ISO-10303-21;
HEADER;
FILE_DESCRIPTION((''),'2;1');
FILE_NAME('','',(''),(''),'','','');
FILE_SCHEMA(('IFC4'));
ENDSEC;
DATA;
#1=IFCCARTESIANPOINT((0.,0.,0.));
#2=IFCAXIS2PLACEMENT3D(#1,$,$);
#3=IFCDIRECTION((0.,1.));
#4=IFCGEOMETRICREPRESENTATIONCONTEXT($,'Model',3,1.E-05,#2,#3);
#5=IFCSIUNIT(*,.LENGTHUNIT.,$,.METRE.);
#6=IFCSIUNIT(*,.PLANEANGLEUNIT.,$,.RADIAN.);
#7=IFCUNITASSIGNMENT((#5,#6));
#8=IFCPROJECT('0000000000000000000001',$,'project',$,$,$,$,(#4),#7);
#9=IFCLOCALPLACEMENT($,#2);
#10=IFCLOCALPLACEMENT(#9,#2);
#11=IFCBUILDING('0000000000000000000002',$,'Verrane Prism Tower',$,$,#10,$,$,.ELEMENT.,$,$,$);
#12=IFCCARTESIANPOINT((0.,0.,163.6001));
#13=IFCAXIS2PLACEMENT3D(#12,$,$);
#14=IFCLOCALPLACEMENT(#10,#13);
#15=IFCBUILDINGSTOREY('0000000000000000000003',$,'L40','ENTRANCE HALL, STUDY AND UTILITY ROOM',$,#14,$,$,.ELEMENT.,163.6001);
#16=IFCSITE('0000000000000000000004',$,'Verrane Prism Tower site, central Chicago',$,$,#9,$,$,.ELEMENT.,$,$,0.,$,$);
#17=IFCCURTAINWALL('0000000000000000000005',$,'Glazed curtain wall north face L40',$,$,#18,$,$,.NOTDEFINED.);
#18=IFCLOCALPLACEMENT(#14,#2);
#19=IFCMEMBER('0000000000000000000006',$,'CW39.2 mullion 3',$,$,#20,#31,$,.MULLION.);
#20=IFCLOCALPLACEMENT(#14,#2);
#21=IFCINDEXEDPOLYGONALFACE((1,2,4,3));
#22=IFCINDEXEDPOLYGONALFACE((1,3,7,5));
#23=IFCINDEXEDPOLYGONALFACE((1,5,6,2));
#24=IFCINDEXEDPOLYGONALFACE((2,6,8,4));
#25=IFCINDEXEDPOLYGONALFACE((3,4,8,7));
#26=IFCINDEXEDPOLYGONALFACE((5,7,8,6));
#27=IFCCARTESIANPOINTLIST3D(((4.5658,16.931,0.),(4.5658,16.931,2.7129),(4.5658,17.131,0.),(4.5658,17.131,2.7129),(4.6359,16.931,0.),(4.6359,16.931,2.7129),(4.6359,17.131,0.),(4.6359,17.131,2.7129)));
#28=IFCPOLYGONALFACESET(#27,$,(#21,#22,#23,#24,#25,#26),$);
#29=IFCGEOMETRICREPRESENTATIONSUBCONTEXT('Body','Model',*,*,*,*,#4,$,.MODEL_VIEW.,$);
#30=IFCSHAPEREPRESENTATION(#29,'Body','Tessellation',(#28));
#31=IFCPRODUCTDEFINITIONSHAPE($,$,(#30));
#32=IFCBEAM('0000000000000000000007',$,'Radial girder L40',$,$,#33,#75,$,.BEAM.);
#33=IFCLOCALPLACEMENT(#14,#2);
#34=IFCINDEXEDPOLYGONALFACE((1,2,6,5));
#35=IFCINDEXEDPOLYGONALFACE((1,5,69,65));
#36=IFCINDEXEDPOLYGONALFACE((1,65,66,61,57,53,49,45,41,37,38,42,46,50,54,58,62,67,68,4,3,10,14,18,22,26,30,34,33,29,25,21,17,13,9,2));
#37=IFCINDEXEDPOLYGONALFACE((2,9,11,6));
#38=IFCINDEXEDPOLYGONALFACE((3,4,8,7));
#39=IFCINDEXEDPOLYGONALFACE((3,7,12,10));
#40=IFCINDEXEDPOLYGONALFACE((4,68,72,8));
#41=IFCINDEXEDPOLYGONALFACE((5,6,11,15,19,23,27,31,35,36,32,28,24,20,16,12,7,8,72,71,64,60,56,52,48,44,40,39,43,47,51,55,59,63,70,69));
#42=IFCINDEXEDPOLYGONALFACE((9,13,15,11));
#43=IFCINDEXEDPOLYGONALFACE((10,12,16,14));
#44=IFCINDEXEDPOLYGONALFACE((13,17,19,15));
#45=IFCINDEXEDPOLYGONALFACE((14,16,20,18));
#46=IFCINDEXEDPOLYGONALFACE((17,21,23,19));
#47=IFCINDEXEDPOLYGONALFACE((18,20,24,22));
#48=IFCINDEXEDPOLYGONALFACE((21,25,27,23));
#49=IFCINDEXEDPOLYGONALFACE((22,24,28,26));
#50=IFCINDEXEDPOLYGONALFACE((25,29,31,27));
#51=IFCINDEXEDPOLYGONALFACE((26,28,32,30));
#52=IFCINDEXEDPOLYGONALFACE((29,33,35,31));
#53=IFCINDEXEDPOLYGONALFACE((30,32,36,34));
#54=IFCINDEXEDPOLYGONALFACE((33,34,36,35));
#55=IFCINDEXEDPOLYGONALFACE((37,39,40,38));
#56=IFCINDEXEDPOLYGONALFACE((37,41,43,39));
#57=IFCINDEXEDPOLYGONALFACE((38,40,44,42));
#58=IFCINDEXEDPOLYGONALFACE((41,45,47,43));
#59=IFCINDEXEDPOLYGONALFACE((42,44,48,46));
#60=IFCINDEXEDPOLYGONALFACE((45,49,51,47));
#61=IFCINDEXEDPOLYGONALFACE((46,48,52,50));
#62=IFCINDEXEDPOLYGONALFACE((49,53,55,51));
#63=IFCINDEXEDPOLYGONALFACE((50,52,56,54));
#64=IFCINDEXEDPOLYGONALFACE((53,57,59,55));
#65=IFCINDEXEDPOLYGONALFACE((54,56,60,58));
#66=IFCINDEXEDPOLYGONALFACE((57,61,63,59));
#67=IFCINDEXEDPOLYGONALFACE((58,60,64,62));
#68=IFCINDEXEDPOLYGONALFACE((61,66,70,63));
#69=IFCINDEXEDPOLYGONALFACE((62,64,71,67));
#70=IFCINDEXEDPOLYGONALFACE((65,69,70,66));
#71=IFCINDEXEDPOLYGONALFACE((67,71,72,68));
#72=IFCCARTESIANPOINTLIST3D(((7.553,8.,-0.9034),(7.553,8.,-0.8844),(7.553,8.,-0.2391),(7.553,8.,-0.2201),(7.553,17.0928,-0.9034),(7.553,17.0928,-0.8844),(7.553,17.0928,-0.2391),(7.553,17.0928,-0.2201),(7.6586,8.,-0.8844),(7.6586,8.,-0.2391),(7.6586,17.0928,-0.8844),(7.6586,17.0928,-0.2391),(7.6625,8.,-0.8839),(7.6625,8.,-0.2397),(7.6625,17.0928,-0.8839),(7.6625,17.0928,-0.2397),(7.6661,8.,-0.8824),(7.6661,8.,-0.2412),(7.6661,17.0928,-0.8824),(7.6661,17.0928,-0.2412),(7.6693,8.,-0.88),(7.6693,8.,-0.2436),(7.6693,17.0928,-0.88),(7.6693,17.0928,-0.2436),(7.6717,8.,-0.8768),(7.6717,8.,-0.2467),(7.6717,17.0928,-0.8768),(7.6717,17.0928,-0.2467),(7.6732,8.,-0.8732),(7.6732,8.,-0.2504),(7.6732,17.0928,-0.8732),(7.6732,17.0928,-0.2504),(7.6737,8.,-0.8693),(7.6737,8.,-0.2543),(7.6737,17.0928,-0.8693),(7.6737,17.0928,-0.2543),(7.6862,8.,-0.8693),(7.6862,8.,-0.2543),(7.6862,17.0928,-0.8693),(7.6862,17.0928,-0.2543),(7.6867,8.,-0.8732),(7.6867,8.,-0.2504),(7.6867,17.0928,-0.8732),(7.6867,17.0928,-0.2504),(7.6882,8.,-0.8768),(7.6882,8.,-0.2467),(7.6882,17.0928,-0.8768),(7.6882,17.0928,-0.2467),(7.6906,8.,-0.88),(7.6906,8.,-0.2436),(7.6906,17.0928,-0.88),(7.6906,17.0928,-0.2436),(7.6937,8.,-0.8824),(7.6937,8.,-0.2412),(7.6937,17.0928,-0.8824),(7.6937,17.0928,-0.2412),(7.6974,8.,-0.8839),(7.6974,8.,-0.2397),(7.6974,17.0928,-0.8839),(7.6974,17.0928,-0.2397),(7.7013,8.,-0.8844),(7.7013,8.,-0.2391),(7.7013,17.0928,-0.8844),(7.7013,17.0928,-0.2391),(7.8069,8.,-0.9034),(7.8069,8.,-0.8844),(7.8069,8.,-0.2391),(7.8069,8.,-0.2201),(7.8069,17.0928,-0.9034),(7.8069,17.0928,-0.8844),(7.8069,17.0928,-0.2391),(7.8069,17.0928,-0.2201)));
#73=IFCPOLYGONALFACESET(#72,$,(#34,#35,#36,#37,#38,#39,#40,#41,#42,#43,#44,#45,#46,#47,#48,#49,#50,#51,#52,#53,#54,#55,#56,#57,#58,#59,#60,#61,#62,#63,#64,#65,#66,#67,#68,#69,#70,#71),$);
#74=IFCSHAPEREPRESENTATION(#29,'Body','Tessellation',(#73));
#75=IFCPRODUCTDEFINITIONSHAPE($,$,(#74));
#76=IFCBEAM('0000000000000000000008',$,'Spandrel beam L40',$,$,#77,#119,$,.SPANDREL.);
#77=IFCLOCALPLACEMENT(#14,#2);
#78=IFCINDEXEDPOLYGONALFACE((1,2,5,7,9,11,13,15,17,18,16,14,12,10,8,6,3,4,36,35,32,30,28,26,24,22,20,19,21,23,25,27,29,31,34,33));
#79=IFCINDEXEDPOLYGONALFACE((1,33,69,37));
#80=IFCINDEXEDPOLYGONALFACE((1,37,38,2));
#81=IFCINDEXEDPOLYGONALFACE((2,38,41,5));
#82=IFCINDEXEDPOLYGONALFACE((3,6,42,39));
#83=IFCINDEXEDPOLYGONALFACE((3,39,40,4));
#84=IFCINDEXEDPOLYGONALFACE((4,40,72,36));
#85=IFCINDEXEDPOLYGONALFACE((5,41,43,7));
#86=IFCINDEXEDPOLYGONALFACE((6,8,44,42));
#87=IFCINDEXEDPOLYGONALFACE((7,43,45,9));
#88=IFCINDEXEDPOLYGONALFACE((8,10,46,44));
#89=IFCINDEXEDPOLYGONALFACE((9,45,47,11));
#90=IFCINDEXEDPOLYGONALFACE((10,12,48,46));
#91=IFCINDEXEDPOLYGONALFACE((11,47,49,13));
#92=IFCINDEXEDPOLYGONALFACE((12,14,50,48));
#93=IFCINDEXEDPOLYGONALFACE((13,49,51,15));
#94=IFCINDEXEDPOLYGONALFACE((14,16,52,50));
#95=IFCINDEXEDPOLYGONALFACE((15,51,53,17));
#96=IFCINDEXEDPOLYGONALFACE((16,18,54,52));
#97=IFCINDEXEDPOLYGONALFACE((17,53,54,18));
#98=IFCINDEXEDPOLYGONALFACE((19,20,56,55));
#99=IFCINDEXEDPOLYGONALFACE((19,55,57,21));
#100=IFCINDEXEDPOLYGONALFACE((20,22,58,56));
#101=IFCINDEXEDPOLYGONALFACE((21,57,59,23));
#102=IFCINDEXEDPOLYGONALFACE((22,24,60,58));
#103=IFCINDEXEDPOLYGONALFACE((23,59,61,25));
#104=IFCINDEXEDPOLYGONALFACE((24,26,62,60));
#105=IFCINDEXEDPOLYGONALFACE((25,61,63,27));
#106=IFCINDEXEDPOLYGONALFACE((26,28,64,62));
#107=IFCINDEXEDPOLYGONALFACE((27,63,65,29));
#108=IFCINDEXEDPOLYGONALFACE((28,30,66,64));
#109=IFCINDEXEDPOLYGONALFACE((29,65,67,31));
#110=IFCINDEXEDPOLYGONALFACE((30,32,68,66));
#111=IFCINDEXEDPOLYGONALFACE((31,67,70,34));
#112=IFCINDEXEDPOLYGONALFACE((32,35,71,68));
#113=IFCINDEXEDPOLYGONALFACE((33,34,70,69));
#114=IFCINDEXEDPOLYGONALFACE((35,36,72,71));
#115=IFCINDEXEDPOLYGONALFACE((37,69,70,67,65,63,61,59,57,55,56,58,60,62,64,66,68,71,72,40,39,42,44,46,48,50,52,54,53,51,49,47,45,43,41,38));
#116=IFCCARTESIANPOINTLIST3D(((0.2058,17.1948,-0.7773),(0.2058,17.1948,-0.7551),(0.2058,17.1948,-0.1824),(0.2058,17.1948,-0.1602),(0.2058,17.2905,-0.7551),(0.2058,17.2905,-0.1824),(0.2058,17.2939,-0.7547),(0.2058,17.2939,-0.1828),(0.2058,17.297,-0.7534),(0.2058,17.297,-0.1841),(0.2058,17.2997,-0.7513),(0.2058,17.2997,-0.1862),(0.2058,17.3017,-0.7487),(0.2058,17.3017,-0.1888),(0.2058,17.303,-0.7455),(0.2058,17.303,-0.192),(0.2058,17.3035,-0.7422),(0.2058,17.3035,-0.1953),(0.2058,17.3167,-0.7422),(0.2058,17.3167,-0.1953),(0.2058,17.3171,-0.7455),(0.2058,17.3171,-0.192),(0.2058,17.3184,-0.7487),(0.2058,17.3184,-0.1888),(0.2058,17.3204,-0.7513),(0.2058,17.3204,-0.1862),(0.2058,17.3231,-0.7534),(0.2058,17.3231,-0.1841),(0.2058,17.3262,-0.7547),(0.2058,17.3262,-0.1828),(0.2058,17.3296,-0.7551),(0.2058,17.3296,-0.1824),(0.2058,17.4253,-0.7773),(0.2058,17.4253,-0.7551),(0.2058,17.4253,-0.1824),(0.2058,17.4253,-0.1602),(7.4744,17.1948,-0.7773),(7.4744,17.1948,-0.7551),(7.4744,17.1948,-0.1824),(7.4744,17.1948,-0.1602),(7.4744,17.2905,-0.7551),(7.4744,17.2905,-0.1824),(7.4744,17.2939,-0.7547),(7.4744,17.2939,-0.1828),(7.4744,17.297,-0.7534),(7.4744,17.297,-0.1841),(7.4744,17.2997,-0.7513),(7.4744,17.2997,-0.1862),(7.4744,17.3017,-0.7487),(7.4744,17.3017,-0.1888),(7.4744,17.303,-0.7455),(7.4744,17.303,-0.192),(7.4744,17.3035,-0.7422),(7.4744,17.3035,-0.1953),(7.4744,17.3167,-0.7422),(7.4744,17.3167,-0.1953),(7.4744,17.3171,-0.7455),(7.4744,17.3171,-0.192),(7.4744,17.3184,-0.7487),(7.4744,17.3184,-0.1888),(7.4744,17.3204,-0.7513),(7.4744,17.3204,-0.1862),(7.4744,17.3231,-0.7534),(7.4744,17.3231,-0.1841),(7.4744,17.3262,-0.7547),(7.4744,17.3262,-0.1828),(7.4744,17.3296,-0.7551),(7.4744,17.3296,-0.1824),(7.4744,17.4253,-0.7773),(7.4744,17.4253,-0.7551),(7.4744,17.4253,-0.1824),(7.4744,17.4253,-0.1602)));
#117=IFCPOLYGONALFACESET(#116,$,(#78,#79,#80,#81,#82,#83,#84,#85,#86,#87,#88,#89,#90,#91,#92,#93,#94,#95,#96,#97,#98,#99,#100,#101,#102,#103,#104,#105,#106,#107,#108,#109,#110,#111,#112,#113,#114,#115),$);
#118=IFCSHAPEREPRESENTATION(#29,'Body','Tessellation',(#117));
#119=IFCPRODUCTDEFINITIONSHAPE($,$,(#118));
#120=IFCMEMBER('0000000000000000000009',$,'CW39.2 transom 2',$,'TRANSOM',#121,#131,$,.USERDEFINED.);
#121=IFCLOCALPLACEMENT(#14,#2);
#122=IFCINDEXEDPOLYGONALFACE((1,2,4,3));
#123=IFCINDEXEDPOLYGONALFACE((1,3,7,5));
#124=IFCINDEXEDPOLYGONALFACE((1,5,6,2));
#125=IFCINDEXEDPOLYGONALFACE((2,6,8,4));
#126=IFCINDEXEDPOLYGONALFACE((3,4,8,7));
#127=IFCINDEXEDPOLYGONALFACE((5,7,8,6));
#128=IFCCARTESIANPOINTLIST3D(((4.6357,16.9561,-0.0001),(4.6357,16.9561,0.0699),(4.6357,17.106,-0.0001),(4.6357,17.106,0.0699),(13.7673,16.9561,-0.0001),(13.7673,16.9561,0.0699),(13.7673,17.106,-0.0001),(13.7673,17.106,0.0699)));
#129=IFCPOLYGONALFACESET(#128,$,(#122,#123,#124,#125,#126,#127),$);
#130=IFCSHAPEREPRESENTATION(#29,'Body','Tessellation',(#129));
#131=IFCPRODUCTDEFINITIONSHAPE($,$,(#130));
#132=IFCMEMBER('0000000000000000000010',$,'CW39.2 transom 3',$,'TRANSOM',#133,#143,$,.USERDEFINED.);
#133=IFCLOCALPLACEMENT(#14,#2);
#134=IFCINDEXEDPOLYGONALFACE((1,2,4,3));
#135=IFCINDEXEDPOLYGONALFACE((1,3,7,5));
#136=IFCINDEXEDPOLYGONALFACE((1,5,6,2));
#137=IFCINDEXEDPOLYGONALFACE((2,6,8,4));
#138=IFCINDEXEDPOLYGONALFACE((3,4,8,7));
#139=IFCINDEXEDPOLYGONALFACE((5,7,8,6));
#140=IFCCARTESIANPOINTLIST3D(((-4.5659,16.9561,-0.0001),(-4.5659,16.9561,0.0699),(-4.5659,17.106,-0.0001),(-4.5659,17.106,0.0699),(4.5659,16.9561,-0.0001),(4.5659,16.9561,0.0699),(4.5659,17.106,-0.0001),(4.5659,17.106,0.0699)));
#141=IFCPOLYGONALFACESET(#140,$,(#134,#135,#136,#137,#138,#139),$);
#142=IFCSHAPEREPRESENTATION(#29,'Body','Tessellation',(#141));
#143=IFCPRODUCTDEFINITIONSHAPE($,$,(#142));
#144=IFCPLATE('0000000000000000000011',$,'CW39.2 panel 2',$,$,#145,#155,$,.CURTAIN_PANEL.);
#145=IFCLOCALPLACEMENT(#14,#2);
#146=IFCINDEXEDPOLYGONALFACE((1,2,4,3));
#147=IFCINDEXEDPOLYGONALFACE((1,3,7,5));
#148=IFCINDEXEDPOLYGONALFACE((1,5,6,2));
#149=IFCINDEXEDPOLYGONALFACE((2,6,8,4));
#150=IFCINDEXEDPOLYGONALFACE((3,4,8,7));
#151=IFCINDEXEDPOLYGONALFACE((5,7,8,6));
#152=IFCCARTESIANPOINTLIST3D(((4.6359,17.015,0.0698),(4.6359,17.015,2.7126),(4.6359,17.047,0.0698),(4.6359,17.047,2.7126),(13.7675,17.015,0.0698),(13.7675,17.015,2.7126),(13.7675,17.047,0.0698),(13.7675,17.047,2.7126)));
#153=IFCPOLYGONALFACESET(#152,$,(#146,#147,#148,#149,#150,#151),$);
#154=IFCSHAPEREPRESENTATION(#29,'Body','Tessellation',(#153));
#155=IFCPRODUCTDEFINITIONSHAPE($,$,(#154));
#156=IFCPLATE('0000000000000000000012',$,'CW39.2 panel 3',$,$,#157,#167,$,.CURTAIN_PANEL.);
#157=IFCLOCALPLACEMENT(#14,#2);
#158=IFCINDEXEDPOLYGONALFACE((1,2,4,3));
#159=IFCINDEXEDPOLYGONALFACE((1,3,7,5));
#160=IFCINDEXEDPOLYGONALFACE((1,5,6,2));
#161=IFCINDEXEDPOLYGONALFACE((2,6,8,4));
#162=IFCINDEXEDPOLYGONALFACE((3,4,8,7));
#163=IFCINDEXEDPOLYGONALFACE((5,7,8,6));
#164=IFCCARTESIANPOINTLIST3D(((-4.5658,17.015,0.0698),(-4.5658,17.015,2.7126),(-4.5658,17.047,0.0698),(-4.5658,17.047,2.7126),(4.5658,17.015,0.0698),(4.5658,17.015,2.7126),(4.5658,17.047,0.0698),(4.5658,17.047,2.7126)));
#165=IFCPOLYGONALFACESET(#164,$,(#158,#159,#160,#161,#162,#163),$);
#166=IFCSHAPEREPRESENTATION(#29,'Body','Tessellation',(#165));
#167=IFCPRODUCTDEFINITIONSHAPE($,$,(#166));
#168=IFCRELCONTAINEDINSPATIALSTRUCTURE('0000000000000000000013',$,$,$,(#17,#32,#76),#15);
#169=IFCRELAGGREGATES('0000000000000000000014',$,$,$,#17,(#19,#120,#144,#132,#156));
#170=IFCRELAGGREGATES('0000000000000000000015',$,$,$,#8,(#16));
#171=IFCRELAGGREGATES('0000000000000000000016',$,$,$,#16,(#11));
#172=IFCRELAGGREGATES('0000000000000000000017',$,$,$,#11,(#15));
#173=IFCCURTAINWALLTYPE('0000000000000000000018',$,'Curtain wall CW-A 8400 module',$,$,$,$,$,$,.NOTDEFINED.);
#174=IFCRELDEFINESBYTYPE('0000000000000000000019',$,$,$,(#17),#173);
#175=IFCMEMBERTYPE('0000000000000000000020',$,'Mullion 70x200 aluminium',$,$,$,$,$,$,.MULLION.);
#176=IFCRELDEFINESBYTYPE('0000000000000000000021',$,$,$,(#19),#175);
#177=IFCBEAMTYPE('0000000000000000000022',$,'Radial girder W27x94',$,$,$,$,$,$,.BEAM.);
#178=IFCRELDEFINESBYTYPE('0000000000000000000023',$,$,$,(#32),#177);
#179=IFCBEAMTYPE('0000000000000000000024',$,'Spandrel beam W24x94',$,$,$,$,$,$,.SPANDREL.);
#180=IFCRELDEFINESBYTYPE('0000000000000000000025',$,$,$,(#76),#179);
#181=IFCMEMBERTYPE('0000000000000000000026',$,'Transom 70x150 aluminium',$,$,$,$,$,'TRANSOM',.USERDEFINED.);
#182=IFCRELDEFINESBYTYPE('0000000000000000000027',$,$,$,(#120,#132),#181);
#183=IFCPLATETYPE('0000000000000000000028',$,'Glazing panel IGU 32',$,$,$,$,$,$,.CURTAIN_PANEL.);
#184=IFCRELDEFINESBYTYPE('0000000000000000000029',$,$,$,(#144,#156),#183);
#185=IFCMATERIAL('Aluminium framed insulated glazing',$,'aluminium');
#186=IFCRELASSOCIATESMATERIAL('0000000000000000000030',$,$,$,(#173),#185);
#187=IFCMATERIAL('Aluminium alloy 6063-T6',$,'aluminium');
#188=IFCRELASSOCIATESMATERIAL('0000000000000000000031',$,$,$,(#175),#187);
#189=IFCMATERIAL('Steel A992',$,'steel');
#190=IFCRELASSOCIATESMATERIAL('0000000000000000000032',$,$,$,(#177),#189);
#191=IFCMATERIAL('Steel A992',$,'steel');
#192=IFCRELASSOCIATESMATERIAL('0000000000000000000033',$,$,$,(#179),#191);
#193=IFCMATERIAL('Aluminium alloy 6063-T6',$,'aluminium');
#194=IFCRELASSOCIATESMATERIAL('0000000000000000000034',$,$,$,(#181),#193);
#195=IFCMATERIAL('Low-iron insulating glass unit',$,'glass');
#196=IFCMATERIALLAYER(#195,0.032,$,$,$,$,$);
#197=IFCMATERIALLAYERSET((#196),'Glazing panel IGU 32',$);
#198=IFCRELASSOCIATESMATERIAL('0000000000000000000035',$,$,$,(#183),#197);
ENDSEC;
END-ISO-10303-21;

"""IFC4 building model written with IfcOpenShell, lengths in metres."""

from ifc_helpers import new_model, si_unit, direction, frame, origin, origin_2d, place, context, subcontext, project, spatial, rectangle, i_section, extrude, material, layer, layer_set, material_profile, profile_set, type_object, element, aggregate, save


model = new_model("IFC4")

# Units and contexts
model_context = context("Model", 3, precision=1e-05, world=origin(), true_north=direction((0.0, 1.0)))
body_context = subcontext(model_context, "Body", "Model", "MODEL_VIEW")
ifc_project = project(units=[si_unit("LENGTHUNIT", "METRE"), si_unit("PLANEANGLEUNIT", "RADIAN")], contexts=[model_context])

# Site, building, storey
site_placement = place(None, origin())
site = spatial("IfcSite", under=ifc_project, at=site_placement, Name="Verrane Prism Tower site, central Chicago", CompositionType="ELEMENT", RefElevation=0.0)
building_placement = place(site_placement, origin())
building = spatial("IfcBuilding", under=site, at=building_placement, Name="Verrane Prism Tower", CompositionType="ELEMENT")
storey_placement = place(building_placement, frame((0.0, 0.0, 163.6001)))
storey = spatial("IfcBuildingStorey", under=building, at=storey_placement, Name="L40", Description="ENTRANCE HALL, STUDY AND UTILITY ROOM", CompositionType="ELEMENT", Elevation=163.6001)

# Curtain wall, member
ifc_material_1 = material(Name="Aluminium framed insulated glazing", Category="aluminium")
curtain_wall_type = type_object("IfcCurtainWallType", Name="Curtain wall CW-A 8400 module", PredefinedType="NOTDEFINED", material=ifc_material_1)
curtain_wall_placement = place(storey_placement, origin())
curtain_wall = element("IfcCurtainWall", 1, at=curtain_wall_placement, inside=storey, type_object=curtain_wall_type, Name="Glazed curtain wall north face L40", PredefinedType="NOTDEFINED")
ifc_material_2 = material(Name="Aluminium alloy 6063-T6", Category="aluminium")
ifc_material_profile_1 = material_profile(ifc_material_2, rectangle(XDim=0.2, YDim=0.0701, at=origin_2d()), Name="Mullion 70x200 aluminium")
ifc_profile_set_1 = profile_set([ifc_material_profile_1], Name="Aluminium alloy 6063-T6")
member_type_1 = type_object("IfcMemberType", Name="Mullion 70x200 aluminium", PredefinedType="MULLION", material=ifc_profile_set_1)
member_1_placement = place(storey_placement, frame((4.6008, 17.031, 0.0), z_axis=(0.0, 0.0, 1.0), x_axis=(0.0, -1.0, 0.0)))
member_1 = element("IfcMember", 2, at=member_1_placement, type_object=member_type_1, Name="CW39.2 mullion 3", PredefinedType="MULLION", context=body_context, shape_type="SweptSolid", body=[
    extrude(rectangle(XDim=0.2, YDim=0.0701, at=origin_2d()), origin(), (0.0, 0.0, 1.0), 2.7129),
])

# Beams
ifc_material_3 = material(Name="Steel A992", Category="steel")
ifc_material_profile_2 = material_profile(ifc_material_3, i_section(OverallWidth=0.2539, OverallDepth=0.6833, WebThickness=0.0125, FlangeThickness=0.019, FilletRadius=0.0151, at=origin_2d()), Name="W27x94")
ifc_profile_set_2 = profile_set([ifc_material_profile_2], Name="Steel A992")
beam_type_1 = type_object("IfcBeamType", Name="Radial girder W27x94", PredefinedType="BEAM", material=ifc_profile_set_2)
beam_1_placement = place(storey_placement, frame((7.6799, 17.0928, -0.5618), z_axis=(0.0, -1.0, 0.0), x_axis=(1.0, 0.0, 0.0)))
element("IfcBeam", 3, at=beam_1_placement, inside=storey, type_object=beam_type_1, Name="Radial girder L40", PredefinedType="BEAM", context=body_context, shape_type="SweptSolid", body=[
    extrude(i_section(OverallWidth=0.2539, OverallDepth=0.6833, WebThickness=0.0125, FlangeThickness=0.019, FilletRadius=0.0151, at=origin_2d()), origin(), (0.0, 0.0, 1.0), 9.0928),
])
ifc_material_4 = material(Name="Steel A992", Category="steel")
ifc_material_profile_3 = material_profile(ifc_material_4, i_section(OverallWidth=0.2305, OverallDepth=0.6172, WebThickness=0.0132, FlangeThickness=0.0222, FilletRadius=0.0129, at=origin_2d()), Name="W24x94")
ifc_profile_set_3 = profile_set([ifc_material_profile_3], Name="Steel A992")
beam_type_2 = type_object("IfcBeamType", Name="Spandrel beam W24x94", PredefinedType="SPANDREL", material=ifc_profile_set_3)
beam_2_placement = place(storey_placement, frame((7.4744, 17.3101, -0.4688), z_axis=(-1.0, 0.0, 0.0), x_axis=(0.0, -1.0, 0.0)))
element("IfcBeam", 4, at=beam_2_placement, inside=storey, type_object=beam_type_2, Name="Spandrel beam L40", PredefinedType="SPANDREL", context=body_context, shape_type="SweptSolid", body=[
    extrude(i_section(OverallWidth=0.2305, OverallDepth=0.6172, WebThickness=0.0132, FlangeThickness=0.0222, FilletRadius=0.0129, at=origin_2d()), origin(), (0.0, 0.0, 1.0), 7.2686),
])

# Members
ifc_material_5 = material(Name="Aluminium alloy 6063-T6", Category="aluminium")
ifc_material_profile_4 = material_profile(ifc_material_5, rectangle(XDim=0.1499, YDim=0.0701, at=origin_2d()), Name="Transom 70x150 aluminium")
ifc_profile_set_4 = profile_set([ifc_material_profile_4], Name="Aluminium alloy 6063-T6")
member_type_2 = type_object("IfcMemberType", Name="Transom 70x150 aluminium", ElementType="TRANSOM", PredefinedType="USERDEFINED", material=ifc_profile_set_4)
member_2_placement = place(storey_placement, frame((13.7673, 17.031, 0.0349), z_axis=(-1.0, 0.0, 0.0), x_axis=(0.0, -1.0, 0.0)))
member_2 = element("IfcMember", 5, at=member_2_placement, type_object=member_type_2, Name="CW39.2 transom 2", ObjectType="TRANSOM", PredefinedType="USERDEFINED", context=body_context, shape_type="SweptSolid", body=[
    extrude(rectangle(XDim=0.1499, YDim=0.0701, at=origin_2d()), origin(), (0.0, 0.0, 1.0), 9.1316),
])
member_3_placement = place(storey_placement, frame((4.5659, 17.031, 0.0349), z_axis=(-1.0, 0.0, 0.0), x_axis=(0.0, -1.0, 0.0)))
member_3 = element("IfcMember", 6, at=member_3_placement, type_object=member_type_2, Name="CW39.2 transom 3", ObjectType="TRANSOM", PredefinedType="USERDEFINED", context=body_context, shape_type="SweptSolid", body=[
    extrude(rectangle(XDim=0.1499, YDim=0.0701, at=origin_2d()), origin(), (0.0, 0.0, 1.0), 9.1318),
])

# Plates
ifc_material_6 = material(Name="Low-iron insulating glass unit", Category="glass")
ifc_layer_1 = layer(ifc_material_6, 0.032)
ifc_layer_set_1 = layer_set([ifc_layer_1], Name="Glazing panel IGU 32")
plate_type = type_object("IfcPlateType", Name="Glazing panel IGU 32", PredefinedType="CURTAIN_PANEL", material=ifc_layer_set_1)
plate_1_placement = place(storey_placement, frame((9.2017, 17.031, 0.0698), z_axis=(0.0, 0.0, 1.0), x_axis=(-1.0, 0.0, 0.0)))
plate_1 = element("IfcPlate", 7, at=plate_1_placement, type_object=plate_type, Name="CW39.2 panel 2", PredefinedType="CURTAIN_PANEL", context=body_context, shape_type="SweptSolid", body=[
    extrude(rectangle(XDim=9.1316, YDim=0.032, at=origin_2d()), origin(), (0.0, 0.0, 1.0), 2.6428),
])
plate_2_placement = place(storey_placement, frame((0.0, 17.031, 0.0698), z_axis=(0.0, 0.0, 1.0), x_axis=(-1.0, 0.0, 0.0)))
plate_2 = element("IfcPlate", 8, at=plate_2_placement, type_object=plate_type, Name="CW39.2 panel 3", PredefinedType="CURTAIN_PANEL", context=body_context, shape_type="SweptSolid", body=[
    extrude(rectangle(XDim=9.1316, YDim=0.032, at=origin_2d()), origin(), (0.0, 0.0, 1.0), 2.6428),
])
aggregate(curtain_wall, [member_1, member_2, plate_1, member_3, plate_2])

save(model, "model.ifc")
